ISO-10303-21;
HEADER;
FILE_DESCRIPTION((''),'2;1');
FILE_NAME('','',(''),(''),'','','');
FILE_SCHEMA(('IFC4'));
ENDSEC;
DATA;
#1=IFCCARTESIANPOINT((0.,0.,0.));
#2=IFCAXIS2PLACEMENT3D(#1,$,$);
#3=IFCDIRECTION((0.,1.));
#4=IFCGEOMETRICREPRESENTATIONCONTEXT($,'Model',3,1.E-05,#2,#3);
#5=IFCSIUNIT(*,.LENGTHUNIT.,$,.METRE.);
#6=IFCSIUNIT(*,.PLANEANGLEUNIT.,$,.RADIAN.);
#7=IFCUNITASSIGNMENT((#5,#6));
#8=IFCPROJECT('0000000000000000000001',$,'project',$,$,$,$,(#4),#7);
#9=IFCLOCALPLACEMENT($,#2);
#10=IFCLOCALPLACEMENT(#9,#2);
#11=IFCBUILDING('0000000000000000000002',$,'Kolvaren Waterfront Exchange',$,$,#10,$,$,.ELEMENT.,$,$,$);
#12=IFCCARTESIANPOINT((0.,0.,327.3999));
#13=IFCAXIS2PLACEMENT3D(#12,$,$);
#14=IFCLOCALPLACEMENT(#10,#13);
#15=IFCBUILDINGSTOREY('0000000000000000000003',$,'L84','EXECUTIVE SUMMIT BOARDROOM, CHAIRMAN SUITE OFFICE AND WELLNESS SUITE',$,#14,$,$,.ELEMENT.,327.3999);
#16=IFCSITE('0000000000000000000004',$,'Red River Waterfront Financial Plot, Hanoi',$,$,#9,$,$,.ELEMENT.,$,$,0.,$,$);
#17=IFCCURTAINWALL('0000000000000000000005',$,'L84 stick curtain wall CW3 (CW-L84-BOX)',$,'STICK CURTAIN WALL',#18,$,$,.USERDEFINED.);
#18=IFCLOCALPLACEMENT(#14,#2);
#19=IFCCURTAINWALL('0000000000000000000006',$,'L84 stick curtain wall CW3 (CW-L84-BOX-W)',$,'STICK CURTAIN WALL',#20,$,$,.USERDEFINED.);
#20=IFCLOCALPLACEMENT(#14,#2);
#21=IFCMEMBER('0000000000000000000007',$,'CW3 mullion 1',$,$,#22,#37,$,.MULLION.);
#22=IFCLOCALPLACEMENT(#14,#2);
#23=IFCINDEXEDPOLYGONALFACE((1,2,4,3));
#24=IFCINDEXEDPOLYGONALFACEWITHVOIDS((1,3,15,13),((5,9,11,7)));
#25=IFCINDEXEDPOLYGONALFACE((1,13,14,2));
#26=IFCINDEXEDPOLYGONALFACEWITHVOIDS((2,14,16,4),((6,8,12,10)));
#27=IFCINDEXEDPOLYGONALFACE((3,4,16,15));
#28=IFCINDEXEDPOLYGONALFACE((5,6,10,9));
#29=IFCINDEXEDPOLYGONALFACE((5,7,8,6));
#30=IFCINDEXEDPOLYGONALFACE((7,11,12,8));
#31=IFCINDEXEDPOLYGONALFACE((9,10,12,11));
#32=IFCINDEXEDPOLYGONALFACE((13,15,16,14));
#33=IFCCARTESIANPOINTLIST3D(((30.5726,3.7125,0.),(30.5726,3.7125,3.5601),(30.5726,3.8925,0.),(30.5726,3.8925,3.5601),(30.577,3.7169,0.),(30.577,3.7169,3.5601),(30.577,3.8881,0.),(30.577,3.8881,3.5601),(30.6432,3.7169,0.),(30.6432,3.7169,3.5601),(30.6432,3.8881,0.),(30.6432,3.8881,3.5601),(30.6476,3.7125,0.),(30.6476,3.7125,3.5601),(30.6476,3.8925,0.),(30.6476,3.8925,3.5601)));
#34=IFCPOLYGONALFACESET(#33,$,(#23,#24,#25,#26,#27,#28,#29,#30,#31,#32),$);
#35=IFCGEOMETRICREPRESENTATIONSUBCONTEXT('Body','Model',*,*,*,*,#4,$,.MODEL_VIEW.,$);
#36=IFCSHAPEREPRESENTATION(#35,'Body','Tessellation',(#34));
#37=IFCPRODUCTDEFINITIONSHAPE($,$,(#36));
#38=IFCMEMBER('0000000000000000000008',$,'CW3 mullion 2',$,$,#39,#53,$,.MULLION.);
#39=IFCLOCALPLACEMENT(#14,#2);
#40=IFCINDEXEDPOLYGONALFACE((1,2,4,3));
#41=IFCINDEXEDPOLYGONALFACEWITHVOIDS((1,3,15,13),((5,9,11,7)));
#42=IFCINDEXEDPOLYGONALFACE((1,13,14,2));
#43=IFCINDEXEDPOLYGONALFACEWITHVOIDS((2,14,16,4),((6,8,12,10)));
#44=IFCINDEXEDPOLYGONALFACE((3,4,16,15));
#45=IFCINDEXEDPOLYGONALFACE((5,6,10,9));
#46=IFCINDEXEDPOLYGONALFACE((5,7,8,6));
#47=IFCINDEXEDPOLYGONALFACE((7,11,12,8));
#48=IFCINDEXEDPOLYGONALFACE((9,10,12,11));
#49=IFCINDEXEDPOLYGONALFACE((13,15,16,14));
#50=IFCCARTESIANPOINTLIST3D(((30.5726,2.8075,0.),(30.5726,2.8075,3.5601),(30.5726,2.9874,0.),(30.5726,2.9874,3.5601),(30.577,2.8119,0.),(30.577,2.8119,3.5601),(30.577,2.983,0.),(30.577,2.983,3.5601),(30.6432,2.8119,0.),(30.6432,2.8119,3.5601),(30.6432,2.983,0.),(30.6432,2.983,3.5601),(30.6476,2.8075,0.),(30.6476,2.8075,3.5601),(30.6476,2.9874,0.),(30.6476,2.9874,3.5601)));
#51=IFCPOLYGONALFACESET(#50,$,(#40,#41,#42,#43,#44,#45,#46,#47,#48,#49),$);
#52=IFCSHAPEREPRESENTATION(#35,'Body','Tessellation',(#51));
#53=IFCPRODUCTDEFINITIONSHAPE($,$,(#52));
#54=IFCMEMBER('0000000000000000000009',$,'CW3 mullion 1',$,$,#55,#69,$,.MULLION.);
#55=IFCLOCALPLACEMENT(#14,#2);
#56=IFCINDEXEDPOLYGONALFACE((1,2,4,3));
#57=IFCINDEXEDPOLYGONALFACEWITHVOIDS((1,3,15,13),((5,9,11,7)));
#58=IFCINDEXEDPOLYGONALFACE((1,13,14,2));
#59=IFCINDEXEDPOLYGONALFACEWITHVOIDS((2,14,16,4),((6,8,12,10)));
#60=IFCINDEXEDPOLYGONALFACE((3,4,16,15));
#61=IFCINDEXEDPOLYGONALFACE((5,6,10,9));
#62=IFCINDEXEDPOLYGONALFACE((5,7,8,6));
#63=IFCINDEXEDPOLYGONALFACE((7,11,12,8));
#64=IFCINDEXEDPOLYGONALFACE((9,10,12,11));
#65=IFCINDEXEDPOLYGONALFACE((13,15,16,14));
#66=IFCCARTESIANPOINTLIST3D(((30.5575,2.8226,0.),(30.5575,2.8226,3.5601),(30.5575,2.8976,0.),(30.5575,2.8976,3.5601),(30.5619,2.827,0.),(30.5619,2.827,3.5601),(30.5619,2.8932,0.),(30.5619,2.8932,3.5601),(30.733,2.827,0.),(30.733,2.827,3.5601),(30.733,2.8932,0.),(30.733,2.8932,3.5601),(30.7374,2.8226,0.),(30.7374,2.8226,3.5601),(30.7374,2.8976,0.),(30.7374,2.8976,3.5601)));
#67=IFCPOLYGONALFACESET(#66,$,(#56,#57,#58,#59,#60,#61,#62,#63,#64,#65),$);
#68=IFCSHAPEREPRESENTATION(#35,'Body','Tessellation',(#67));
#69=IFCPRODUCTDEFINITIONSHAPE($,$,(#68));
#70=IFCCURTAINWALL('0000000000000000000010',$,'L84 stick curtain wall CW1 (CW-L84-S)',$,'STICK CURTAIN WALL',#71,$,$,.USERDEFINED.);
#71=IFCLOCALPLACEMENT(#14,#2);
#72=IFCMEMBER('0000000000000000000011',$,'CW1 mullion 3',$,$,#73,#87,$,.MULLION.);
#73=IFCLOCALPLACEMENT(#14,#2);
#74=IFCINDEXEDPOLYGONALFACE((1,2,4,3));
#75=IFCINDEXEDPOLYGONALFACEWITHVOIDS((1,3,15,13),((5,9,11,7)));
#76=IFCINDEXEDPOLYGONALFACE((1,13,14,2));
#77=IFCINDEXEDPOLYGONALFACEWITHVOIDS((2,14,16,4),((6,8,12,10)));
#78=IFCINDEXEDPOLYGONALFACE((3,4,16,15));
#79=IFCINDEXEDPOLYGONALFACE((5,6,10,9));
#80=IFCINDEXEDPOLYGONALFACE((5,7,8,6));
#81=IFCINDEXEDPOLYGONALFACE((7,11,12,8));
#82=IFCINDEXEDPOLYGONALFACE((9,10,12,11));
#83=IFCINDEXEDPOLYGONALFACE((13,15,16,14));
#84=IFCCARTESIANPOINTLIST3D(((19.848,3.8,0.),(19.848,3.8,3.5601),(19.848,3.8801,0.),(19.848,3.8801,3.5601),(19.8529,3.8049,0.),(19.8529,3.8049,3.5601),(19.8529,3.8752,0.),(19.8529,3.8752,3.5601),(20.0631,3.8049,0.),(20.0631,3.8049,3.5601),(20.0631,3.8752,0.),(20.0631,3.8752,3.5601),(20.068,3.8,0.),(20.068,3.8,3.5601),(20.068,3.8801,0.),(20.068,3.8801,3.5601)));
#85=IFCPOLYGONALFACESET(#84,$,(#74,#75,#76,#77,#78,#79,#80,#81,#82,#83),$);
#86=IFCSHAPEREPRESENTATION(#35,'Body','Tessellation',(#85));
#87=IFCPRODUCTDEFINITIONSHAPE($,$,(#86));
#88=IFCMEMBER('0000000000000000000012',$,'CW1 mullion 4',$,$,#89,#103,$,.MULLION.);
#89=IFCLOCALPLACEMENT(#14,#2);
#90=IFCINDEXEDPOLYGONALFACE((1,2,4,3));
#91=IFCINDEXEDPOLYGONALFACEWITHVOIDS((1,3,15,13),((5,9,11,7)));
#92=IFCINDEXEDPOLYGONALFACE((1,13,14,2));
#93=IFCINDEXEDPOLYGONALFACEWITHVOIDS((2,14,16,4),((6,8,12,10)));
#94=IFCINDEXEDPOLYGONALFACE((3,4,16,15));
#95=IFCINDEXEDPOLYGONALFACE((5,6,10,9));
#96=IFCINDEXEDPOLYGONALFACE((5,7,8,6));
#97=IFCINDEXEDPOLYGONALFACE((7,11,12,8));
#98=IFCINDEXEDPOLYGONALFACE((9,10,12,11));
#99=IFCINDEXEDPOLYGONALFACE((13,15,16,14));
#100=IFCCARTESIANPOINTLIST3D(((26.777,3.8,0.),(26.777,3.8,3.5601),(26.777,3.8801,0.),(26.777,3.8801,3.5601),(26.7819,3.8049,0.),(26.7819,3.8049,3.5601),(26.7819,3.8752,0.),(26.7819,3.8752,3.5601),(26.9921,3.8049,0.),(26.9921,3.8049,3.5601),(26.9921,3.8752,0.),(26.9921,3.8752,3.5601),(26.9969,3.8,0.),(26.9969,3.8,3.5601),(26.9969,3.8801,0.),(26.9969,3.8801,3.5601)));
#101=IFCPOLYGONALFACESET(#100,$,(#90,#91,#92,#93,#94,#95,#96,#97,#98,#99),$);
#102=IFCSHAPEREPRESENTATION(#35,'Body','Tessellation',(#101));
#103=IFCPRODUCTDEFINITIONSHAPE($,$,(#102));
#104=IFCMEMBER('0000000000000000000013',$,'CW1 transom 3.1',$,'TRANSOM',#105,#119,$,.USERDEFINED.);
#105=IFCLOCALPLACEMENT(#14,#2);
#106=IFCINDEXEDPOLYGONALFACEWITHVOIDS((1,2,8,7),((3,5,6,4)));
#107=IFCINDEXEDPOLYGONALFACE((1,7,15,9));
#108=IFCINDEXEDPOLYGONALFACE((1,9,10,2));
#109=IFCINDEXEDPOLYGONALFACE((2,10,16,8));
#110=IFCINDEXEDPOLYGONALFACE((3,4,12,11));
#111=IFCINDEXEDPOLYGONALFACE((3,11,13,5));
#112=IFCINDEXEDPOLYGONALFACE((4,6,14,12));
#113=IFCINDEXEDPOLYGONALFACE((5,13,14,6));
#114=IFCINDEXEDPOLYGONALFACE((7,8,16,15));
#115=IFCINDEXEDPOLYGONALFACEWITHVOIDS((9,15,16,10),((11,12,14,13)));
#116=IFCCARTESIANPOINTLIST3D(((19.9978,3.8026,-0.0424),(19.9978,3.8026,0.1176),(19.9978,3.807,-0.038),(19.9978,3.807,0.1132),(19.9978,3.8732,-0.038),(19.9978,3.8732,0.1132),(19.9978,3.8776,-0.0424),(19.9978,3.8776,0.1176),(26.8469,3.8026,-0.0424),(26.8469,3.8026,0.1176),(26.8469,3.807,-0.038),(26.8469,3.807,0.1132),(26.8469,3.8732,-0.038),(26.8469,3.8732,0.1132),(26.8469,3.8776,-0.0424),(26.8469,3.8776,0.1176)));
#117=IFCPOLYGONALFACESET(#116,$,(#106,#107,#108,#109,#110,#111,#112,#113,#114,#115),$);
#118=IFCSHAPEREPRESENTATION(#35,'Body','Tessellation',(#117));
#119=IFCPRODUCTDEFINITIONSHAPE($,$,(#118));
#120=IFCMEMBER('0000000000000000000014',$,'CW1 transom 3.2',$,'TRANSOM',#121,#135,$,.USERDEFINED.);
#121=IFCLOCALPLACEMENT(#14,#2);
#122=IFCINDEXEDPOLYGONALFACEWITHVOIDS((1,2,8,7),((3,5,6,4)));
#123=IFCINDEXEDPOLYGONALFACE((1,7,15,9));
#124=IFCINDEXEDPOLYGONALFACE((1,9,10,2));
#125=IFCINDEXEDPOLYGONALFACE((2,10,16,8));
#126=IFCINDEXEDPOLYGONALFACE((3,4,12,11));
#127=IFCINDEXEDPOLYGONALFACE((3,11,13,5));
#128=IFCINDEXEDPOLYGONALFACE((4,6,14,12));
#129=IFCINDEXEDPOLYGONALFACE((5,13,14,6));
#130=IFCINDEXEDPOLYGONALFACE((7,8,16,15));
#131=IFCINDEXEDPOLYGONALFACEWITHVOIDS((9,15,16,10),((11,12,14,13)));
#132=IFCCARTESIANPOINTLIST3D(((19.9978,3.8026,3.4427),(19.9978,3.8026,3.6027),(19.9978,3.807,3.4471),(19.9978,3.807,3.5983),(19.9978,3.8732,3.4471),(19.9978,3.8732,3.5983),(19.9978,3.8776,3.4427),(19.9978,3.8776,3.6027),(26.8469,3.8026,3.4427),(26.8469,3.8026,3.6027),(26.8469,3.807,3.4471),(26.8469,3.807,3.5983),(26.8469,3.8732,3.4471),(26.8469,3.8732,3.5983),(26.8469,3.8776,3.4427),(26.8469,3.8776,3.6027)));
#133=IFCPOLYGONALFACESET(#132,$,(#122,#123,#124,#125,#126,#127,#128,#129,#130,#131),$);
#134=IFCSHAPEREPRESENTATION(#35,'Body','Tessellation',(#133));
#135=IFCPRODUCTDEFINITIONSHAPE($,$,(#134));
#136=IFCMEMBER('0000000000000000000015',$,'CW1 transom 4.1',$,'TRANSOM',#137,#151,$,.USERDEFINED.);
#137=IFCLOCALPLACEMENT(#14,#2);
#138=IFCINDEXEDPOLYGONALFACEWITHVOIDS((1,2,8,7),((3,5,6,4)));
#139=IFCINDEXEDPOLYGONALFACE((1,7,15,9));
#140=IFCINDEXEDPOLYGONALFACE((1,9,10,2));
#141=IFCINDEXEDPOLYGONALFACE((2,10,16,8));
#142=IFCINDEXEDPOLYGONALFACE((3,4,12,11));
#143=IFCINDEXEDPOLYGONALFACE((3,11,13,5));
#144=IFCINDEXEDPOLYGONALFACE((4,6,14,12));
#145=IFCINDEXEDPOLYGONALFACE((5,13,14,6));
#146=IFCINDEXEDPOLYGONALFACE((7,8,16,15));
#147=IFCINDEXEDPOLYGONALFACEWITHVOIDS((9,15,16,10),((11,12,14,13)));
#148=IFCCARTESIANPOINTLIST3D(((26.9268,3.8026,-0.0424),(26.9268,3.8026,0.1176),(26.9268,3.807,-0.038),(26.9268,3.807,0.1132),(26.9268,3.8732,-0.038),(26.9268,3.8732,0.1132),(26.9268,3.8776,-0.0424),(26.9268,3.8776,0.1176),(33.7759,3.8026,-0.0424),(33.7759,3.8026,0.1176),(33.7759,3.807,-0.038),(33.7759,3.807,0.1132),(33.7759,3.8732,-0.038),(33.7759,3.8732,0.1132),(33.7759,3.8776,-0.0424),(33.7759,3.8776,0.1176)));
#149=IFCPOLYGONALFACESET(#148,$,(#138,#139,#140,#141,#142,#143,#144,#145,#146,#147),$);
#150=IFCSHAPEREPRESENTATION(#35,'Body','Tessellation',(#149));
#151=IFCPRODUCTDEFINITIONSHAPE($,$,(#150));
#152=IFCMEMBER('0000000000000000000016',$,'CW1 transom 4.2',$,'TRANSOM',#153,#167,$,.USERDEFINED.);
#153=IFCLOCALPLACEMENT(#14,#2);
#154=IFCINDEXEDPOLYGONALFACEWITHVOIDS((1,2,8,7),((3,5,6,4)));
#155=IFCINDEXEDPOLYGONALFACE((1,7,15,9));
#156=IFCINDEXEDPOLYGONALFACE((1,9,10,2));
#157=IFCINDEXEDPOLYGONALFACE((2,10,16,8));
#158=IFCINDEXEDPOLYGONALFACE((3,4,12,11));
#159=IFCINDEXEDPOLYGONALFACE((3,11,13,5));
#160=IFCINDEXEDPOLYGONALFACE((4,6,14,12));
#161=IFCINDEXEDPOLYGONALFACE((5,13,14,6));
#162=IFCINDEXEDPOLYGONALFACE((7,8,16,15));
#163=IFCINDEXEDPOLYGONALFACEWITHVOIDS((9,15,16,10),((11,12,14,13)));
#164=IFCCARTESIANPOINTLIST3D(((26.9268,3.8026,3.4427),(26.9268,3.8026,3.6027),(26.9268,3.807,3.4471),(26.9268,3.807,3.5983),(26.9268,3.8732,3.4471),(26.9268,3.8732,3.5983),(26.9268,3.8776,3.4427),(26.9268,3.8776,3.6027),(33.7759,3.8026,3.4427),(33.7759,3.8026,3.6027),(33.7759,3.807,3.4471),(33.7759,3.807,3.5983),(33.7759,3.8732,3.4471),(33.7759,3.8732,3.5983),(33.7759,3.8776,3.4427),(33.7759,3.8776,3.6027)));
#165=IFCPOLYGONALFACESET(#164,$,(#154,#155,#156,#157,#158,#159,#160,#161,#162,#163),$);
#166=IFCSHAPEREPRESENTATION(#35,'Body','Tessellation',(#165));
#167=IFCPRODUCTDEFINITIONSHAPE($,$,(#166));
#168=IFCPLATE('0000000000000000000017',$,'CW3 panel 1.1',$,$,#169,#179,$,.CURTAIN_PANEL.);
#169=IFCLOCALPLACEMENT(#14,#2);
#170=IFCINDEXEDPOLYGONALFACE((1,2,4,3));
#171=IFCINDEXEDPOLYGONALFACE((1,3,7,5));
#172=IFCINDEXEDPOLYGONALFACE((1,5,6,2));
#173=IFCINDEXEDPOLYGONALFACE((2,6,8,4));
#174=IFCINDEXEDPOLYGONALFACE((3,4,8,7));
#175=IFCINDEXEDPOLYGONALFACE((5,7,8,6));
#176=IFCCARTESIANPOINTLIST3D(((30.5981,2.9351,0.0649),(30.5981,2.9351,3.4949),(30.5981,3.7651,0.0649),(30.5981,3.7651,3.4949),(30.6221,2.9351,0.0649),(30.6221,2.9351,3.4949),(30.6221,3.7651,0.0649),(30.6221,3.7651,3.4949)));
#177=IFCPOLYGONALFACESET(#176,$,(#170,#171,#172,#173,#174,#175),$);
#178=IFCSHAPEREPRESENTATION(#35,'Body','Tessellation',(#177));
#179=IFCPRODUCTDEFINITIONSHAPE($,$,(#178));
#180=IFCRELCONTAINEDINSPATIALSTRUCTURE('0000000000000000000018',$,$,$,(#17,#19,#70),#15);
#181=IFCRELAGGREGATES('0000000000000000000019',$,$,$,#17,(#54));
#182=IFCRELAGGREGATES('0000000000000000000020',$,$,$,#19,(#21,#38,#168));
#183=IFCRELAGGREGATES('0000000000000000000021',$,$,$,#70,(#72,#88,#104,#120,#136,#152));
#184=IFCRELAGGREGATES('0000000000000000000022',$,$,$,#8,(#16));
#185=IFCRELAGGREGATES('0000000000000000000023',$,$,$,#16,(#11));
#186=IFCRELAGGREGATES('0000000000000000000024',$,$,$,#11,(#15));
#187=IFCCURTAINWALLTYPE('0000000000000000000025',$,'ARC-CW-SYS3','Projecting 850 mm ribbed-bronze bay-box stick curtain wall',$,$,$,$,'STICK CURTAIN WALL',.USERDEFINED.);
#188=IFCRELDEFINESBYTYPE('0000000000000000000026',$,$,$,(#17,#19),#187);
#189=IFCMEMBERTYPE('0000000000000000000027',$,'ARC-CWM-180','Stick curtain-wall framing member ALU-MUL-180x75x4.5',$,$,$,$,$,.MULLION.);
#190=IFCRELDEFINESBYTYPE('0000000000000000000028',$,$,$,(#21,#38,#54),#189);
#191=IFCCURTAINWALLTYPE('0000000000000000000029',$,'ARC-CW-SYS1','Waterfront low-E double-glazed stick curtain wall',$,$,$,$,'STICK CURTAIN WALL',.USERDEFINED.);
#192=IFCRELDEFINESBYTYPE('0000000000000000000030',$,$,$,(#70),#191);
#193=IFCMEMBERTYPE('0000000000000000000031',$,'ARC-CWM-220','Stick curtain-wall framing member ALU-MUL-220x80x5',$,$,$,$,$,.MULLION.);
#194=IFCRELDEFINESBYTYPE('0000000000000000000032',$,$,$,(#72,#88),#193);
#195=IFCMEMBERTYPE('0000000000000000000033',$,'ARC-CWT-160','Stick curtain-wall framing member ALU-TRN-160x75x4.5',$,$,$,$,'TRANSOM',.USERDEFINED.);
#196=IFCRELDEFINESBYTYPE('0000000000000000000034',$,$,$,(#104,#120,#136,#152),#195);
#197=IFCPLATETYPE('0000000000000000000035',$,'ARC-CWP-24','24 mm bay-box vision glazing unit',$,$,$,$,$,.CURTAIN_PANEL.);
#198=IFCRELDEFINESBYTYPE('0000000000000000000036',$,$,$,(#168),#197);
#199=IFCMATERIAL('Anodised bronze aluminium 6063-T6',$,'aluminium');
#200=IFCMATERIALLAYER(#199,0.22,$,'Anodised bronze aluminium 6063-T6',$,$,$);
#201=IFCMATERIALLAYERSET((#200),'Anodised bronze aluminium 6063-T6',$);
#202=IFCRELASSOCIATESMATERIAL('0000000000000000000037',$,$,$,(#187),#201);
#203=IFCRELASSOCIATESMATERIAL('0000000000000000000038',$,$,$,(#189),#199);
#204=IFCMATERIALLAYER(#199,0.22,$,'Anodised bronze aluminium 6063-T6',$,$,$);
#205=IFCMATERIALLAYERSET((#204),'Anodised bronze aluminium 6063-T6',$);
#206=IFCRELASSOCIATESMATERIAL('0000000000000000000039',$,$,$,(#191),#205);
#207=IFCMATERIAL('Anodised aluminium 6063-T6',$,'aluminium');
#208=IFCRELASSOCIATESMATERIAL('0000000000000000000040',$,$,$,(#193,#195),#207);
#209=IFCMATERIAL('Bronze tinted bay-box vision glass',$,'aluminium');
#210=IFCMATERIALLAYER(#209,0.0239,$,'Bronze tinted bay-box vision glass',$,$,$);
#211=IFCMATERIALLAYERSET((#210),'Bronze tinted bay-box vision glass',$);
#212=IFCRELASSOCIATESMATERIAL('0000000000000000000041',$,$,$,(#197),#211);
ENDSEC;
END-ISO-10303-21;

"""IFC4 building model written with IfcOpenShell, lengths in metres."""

from ifc_helpers import new_model, si_unit, direction, frame, origin, origin_with_axes, origin_2d, place, context, subcontext, project, spatial, rectangle, hollow_rectangle, extrude, source, transform, mapped, material, layer, layer_set, material_profile, profile_set, type_object, element, aggregate, save


model = new_model("IFC4")

# Units and contexts
model_context = context("Model", 3, precision=1e-05, world=origin(), true_north=direction((0.0, 1.0)))
body_context = subcontext(model_context, "Body", "Model", "MODEL_VIEW")
ifc_project = project(units=[si_unit("LENGTHUNIT", "METRE"), si_unit("PLANEANGLEUNIT", "RADIAN")], contexts=[model_context])

# Site, building, storey
site_placement = place(None, origin())
site = spatial("IfcSite", under=ifc_project, at=site_placement, Name="Red River Waterfront Financial Plot, Hanoi", CompositionType="ELEMENT", RefElevation=0.0)
building_placement = place(site_placement, origin())
building = spatial("IfcBuilding", under=site, at=building_placement, Name="Kolvaren Waterfront Exchange", CompositionType="ELEMENT")
storey_placement = place(building_placement, frame((0.0, 0.0, 327.3999)))
storey = spatial("IfcBuildingStorey", under=building, at=storey_placement, Name="L84", Description="EXECUTIVE SUMMIT BOARDROOM, CHAIRMAN SUITE OFFICE AND WELLNESS SUITE", CompositionType="ELEMENT", Elevation=327.3999)

# Curtain wall
ifc_material_1 = material(Name="Anodised bronze aluminium 6063-T6", Category="aluminium")
ifc_layer_1 = layer(ifc_material_1, 0.22, Name="Anodised bronze aluminium 6063-T6")
ifc_layer_set_1 = layer_set([ifc_layer_1], Name="Anodised bronze aluminium 6063-T6")
curtain_wall_type_1 = type_object("IfcCurtainWallType", Name="ARC-CW-SYS3", Description="Projecting 850 mm ribbed-bronze bay-box stick curtain wall", ElementType="STICK CURTAIN WALL", PredefinedType="USERDEFINED", material=ifc_layer_set_1)
curtain_wall_1_placement = place(storey_placement, origin())
curtain_wall_1 = element("IfcCurtainWall", 1, at=curtain_wall_1_placement, inside=storey, type_object=curtain_wall_type_1, Name="L84 stick curtain wall CW3 (CW-L84-BOX)", ObjectType="STICK CURTAIN WALL", PredefinedType="USERDEFINED")

# Curtain wall, members
curtain_wall_2_placement = place(storey_placement, origin())
curtain_wall_2 = element("IfcCurtainWall", 2, at=curtain_wall_2_placement, inside=storey, type_object=curtain_wall_type_1, Name="L84 stick curtain wall CW3 (CW-L84-BOX-W)", ObjectType="STICK CURTAIN WALL", PredefinedType="USERDEFINED")
ifc_material_profile_1 = material_profile(ifc_material_1, hollow_rectangle(XDim=0.075, YDim=0.1799, WallThickness=0.0044, at=origin_2d()), Name="ALU-MUL-180x75x4.5")
ifc_profile_set_1 = profile_set([ifc_material_profile_1], Name="Anodised bronze aluminium 6063-T6")
member_type_1 = type_object("IfcMemberType", Name="ARC-CWM-180", Description="Stick curtain-wall framing member ALU-MUL-180x75x4.5", PredefinedType="MULLION", material=ifc_profile_set_1)
shared_shape_1 = source(origin_with_axes(), body_context, "Body", "SweptSolid", [
    extrude(hollow_rectangle(XDim=0.075, YDim=0.1799, WallThickness=0.0044, at=origin_2d()), origin(), (0.0, 0.0, 1.0), 3.5601),
])
member_1_placement = place(storey_placement, frame((30.6101, 3.8025, 0.0), z_axis=(0.0, 0.0, 1.0), x_axis=(1.0, 0.0, 0.0)))
member_1 = element("IfcMember", 3, at=member_1_placement, type_object=member_type_1, Name="CW3 mullion 1", PredefinedType="MULLION", context=body_context, shape_type="MappedRepresentation", body=[
    mapped(shared_shape_1, transform((0.0, 0.0, 0.0), x_axis=(1.0, 0.0, 0.0), y_axis=(0.0, 1.0, 0.0), z_axis=(0.0, 0.0, 1.0), scale=1.0)),
])
member_2_placement = place(storey_placement, frame((30.6101, 2.8975, 0.0), z_axis=(0.0, 0.0, 1.0), x_axis=(1.0, 0.0, 0.0)))
member_2 = element("IfcMember", 4, at=member_2_placement, type_object=member_type_1, Name="CW3 mullion 2", PredefinedType="MULLION", context=body_context, shape_type="MappedRepresentation", body=[
    mapped(shared_shape_1, transform((0.0, 0.0, 0.0), x_axis=(1.0, 0.0, 0.0), y_axis=(0.0, 1.0, 0.0), z_axis=(0.0, 0.0, 1.0), scale=1.0)),
])

# Member
member_3_placement = place(storey_placement, frame((30.6475, 2.8601, 0.0), z_axis=(0.0, 0.0, 1.0), x_axis=(0.0, 1.0, 0.0)))
member_3 = element("IfcMember", 5, at=member_3_placement, type_object=member_type_1, Name="CW3 mullion 1", PredefinedType="MULLION", context=body_context, shape_type="MappedRepresentation", body=[
    mapped(shared_shape_1, transform((0.0, 0.0, 0.0), x_axis=(1.0, 0.0, 0.0), y_axis=(0.0, 1.0, 0.0), z_axis=(0.0, 0.0, 1.0), scale=1.0)),
])
aggregate(curtain_wall_1, [member_3])

# Curtain wall, members
ifc_layer_2 = layer(ifc_material_1, 0.22, Name="Anodised bronze aluminium 6063-T6")
ifc_layer_set_2 = layer_set([ifc_layer_2], Name="Anodised bronze aluminium 6063-T6")
curtain_wall_type_2 = type_object("IfcCurtainWallType", Name="ARC-CW-SYS1", Description="Waterfront low-E double-glazed stick curtain wall", ElementType="STICK CURTAIN WALL", PredefinedType="USERDEFINED", material=ifc_layer_set_2)
curtain_wall_3_placement = place(storey_placement, origin())
curtain_wall_3 = element("IfcCurtainWall", 6, at=curtain_wall_3_placement, inside=storey, type_object=curtain_wall_type_2, Name="L84 stick curtain wall CW1 (CW-L84-S)", ObjectType="STICK CURTAIN WALL", PredefinedType="USERDEFINED")
ifc_material_2 = material(Name="Anodised aluminium 6063-T6", Category="aluminium")
ifc_material_profile_2 = material_profile(ifc_material_2, hollow_rectangle(XDim=0.0801, YDim=0.22, WallThickness=0.0049, at=origin_2d()), Name="ALU-MUL-220x80x5")
ifc_profile_set_2 = profile_set([ifc_material_profile_2], Name="Anodised aluminium 6063-T6")
member_type_2 = type_object("IfcMemberType", Name="ARC-CWM-220", Description="Stick curtain-wall framing member ALU-MUL-220x80x5", PredefinedType="MULLION", material=ifc_profile_set_2)
shared_shape_2 = source(origin_with_axes(), body_context, "Body", "SweptSolid", [
    extrude(hollow_rectangle(XDim=0.0801, YDim=0.22, WallThickness=0.0049, at=origin_2d()), origin(), (0.0, 0.0, 1.0), 3.5601),
])
member_4_placement = place(storey_placement, frame((19.958, 3.8401, 0.0), z_axis=(0.0, 0.0, 1.0), x_axis=(0.0, 1.0, 0.0)))
member_4 = element("IfcMember", 7, at=member_4_placement, type_object=member_type_2, Name="CW1 mullion 3", PredefinedType="MULLION", context=body_context, shape_type="MappedRepresentation", body=[
    mapped(shared_shape_2, transform((0.0, 0.0, 0.0), x_axis=(1.0, 0.0, 0.0), y_axis=(0.0, 1.0, 0.0), z_axis=(0.0, 0.0, 1.0), scale=1.0)),
])
member_5_placement = place(storey_placement, frame((26.887, 3.8401, 0.0), z_axis=(0.0, 0.0, 1.0), x_axis=(0.0, 1.0, 0.0)))
member_5 = element("IfcMember", 8, at=member_5_placement, type_object=member_type_2, Name="CW1 mullion 4", PredefinedType="MULLION", context=body_context, shape_type="MappedRepresentation", body=[
    mapped(shared_shape_2, transform((0.0, 0.0, 0.0), x_axis=(1.0, 0.0, 0.0), y_axis=(0.0, 1.0, 0.0), z_axis=(0.0, 0.0, 1.0), scale=1.0)),
])
ifc_material_profile_3 = material_profile(ifc_material_2, hollow_rectangle(XDim=0.075, YDim=0.1599, WallThickness=0.0044, at=origin_2d()), Name="ALU-TRN-160x75x4.5")
ifc_profile_set_3 = profile_set([ifc_material_profile_3], Name="Anodised aluminium 6063-T6")
member_type_3 = type_object("IfcMemberType", Name="ARC-CWT-160", Description="Stick curtain-wall framing member ALU-TRN-160x75x4.5", ElementType="TRANSOM", PredefinedType="USERDEFINED", material=ifc_profile_set_3)
shared_shape_3 = source(origin_with_axes(), body_context, "Body", "SweptSolid", [
    extrude(hollow_rectangle(XDim=0.075, YDim=0.1599, WallThickness=0.0044, at=origin_2d()), origin(), (0.0, 0.0, 1.0), 6.8491),
])
member_6_placement = place(storey_placement, frame((19.9978, 3.8401, 0.0376), z_axis=(1.0, 0.0, 0.0), x_axis=(0.0, 1.0, 0.0)))
member_6 = element("IfcMember", 9, at=member_6_placement, type_object=member_type_3, Name="CW1 transom 3.1", ObjectType="TRANSOM", PredefinedType="USERDEFINED", context=body_context, shape_type="MappedRepresentation", body=[
    mapped(shared_shape_3, transform((0.0, 0.0, 0.0), x_axis=(1.0, 0.0, 0.0), y_axis=(0.0, 1.0, 0.0), z_axis=(0.0, 0.0, 1.0), scale=1.0)),
])
member_7_placement = place(storey_placement, frame((19.9978, 3.8401, 3.5227), z_axis=(1.0, 0.0, 0.0), x_axis=(0.0, 1.0, 0.0)))
member_7 = element("IfcMember", 10, at=member_7_placement, type_object=member_type_3, Name="CW1 transom 3.2", ObjectType="TRANSOM", PredefinedType="USERDEFINED", context=body_context, shape_type="MappedRepresentation", body=[
    mapped(shared_shape_3, transform((0.0, 0.0, 0.0), x_axis=(1.0, 0.0, 0.0), y_axis=(0.0, 1.0, 0.0), z_axis=(0.0, 0.0, 1.0), scale=1.0)),
])
member_8_placement = place(storey_placement, frame((26.9268, 3.8401, 0.0376), z_axis=(1.0, 0.0, 0.0), x_axis=(0.0, 1.0, 0.0)))
member_8 = element("IfcMember", 11, at=member_8_placement, type_object=member_type_3, Name="CW1 transom 4.1", ObjectType="TRANSOM", PredefinedType="USERDEFINED", context=body_context, shape_type="MappedRepresentation", body=[
    mapped(shared_shape_3, transform((0.0, 0.0, 0.0), x_axis=(1.0, 0.0, 0.0), y_axis=(0.0, 1.0, 0.0), z_axis=(0.0, 0.0, 1.0), scale=1.0)),
])
member_9_placement = place(storey_placement, frame((26.9268, 3.8401, 3.5227), z_axis=(1.0, 0.0, 0.0), x_axis=(0.0, 1.0, 0.0)))
member_9 = element("IfcMember", 12, at=member_9_placement, type_object=member_type_3, Name="CW1 transom 4.2", ObjectType="TRANSOM", PredefinedType="USERDEFINED", context=body_context, shape_type="MappedRepresentation", body=[
    mapped(shared_shape_3, transform((0.0, 0.0, 0.0), x_axis=(1.0, 0.0, 0.0), y_axis=(0.0, 1.0, 0.0), z_axis=(0.0, 0.0, 1.0), scale=1.0)),
])

# Plate
ifc_material_3 = material(Name="Bronze tinted bay-box vision glass", Category="aluminium")
ifc_layer_3 = layer(ifc_material_3, 0.0239, Name="Bronze tinted bay-box vision glass")
ifc_layer_set_3 = layer_set([ifc_layer_3], Name="Bronze tinted bay-box vision glass")
plate_type_1 = type_object("IfcPlateType", Name="ARC-CWP-24", Description="24 mm bay-box vision glazing unit", PredefinedType="CURTAIN_PANEL", material=ifc_layer_set_3)
shared_shape_4 = source(origin_with_axes(), body_context, "Body", "SweptSolid", [
    extrude(rectangle(XDim=0.8301, YDim=0.0239, at=origin_2d()), origin(), (0.0, 0.0, 1.0), 3.4299),
])
plate_1_placement = place(storey_placement, frame((30.6101, 3.3501, 0.0649), z_axis=(0.0, 0.0, 1.0), x_axis=(0.0, -1.0, 0.0)))
plate_1 = element("IfcPlate", 13, at=plate_1_placement, type_object=plate_type_1, Name="CW3 panel 1.1", PredefinedType="CURTAIN_PANEL", context=body_context, shape_type="MappedRepresentation", body=[
    mapped(shared_shape_4, transform((0.0, 0.0, 0.0), x_axis=(1.0, 0.0, 0.0), y_axis=(0.0, 1.0, 0.0), z_axis=(0.0, 0.0, 1.0), scale=1.0)),
])
aggregate(curtain_wall_2, [member_1, member_2, plate_1])
aggregate(curtain_wall_3, [member_4, member_5, member_6, member_7, member_8, member_9])

save(model, "model.ifc")
